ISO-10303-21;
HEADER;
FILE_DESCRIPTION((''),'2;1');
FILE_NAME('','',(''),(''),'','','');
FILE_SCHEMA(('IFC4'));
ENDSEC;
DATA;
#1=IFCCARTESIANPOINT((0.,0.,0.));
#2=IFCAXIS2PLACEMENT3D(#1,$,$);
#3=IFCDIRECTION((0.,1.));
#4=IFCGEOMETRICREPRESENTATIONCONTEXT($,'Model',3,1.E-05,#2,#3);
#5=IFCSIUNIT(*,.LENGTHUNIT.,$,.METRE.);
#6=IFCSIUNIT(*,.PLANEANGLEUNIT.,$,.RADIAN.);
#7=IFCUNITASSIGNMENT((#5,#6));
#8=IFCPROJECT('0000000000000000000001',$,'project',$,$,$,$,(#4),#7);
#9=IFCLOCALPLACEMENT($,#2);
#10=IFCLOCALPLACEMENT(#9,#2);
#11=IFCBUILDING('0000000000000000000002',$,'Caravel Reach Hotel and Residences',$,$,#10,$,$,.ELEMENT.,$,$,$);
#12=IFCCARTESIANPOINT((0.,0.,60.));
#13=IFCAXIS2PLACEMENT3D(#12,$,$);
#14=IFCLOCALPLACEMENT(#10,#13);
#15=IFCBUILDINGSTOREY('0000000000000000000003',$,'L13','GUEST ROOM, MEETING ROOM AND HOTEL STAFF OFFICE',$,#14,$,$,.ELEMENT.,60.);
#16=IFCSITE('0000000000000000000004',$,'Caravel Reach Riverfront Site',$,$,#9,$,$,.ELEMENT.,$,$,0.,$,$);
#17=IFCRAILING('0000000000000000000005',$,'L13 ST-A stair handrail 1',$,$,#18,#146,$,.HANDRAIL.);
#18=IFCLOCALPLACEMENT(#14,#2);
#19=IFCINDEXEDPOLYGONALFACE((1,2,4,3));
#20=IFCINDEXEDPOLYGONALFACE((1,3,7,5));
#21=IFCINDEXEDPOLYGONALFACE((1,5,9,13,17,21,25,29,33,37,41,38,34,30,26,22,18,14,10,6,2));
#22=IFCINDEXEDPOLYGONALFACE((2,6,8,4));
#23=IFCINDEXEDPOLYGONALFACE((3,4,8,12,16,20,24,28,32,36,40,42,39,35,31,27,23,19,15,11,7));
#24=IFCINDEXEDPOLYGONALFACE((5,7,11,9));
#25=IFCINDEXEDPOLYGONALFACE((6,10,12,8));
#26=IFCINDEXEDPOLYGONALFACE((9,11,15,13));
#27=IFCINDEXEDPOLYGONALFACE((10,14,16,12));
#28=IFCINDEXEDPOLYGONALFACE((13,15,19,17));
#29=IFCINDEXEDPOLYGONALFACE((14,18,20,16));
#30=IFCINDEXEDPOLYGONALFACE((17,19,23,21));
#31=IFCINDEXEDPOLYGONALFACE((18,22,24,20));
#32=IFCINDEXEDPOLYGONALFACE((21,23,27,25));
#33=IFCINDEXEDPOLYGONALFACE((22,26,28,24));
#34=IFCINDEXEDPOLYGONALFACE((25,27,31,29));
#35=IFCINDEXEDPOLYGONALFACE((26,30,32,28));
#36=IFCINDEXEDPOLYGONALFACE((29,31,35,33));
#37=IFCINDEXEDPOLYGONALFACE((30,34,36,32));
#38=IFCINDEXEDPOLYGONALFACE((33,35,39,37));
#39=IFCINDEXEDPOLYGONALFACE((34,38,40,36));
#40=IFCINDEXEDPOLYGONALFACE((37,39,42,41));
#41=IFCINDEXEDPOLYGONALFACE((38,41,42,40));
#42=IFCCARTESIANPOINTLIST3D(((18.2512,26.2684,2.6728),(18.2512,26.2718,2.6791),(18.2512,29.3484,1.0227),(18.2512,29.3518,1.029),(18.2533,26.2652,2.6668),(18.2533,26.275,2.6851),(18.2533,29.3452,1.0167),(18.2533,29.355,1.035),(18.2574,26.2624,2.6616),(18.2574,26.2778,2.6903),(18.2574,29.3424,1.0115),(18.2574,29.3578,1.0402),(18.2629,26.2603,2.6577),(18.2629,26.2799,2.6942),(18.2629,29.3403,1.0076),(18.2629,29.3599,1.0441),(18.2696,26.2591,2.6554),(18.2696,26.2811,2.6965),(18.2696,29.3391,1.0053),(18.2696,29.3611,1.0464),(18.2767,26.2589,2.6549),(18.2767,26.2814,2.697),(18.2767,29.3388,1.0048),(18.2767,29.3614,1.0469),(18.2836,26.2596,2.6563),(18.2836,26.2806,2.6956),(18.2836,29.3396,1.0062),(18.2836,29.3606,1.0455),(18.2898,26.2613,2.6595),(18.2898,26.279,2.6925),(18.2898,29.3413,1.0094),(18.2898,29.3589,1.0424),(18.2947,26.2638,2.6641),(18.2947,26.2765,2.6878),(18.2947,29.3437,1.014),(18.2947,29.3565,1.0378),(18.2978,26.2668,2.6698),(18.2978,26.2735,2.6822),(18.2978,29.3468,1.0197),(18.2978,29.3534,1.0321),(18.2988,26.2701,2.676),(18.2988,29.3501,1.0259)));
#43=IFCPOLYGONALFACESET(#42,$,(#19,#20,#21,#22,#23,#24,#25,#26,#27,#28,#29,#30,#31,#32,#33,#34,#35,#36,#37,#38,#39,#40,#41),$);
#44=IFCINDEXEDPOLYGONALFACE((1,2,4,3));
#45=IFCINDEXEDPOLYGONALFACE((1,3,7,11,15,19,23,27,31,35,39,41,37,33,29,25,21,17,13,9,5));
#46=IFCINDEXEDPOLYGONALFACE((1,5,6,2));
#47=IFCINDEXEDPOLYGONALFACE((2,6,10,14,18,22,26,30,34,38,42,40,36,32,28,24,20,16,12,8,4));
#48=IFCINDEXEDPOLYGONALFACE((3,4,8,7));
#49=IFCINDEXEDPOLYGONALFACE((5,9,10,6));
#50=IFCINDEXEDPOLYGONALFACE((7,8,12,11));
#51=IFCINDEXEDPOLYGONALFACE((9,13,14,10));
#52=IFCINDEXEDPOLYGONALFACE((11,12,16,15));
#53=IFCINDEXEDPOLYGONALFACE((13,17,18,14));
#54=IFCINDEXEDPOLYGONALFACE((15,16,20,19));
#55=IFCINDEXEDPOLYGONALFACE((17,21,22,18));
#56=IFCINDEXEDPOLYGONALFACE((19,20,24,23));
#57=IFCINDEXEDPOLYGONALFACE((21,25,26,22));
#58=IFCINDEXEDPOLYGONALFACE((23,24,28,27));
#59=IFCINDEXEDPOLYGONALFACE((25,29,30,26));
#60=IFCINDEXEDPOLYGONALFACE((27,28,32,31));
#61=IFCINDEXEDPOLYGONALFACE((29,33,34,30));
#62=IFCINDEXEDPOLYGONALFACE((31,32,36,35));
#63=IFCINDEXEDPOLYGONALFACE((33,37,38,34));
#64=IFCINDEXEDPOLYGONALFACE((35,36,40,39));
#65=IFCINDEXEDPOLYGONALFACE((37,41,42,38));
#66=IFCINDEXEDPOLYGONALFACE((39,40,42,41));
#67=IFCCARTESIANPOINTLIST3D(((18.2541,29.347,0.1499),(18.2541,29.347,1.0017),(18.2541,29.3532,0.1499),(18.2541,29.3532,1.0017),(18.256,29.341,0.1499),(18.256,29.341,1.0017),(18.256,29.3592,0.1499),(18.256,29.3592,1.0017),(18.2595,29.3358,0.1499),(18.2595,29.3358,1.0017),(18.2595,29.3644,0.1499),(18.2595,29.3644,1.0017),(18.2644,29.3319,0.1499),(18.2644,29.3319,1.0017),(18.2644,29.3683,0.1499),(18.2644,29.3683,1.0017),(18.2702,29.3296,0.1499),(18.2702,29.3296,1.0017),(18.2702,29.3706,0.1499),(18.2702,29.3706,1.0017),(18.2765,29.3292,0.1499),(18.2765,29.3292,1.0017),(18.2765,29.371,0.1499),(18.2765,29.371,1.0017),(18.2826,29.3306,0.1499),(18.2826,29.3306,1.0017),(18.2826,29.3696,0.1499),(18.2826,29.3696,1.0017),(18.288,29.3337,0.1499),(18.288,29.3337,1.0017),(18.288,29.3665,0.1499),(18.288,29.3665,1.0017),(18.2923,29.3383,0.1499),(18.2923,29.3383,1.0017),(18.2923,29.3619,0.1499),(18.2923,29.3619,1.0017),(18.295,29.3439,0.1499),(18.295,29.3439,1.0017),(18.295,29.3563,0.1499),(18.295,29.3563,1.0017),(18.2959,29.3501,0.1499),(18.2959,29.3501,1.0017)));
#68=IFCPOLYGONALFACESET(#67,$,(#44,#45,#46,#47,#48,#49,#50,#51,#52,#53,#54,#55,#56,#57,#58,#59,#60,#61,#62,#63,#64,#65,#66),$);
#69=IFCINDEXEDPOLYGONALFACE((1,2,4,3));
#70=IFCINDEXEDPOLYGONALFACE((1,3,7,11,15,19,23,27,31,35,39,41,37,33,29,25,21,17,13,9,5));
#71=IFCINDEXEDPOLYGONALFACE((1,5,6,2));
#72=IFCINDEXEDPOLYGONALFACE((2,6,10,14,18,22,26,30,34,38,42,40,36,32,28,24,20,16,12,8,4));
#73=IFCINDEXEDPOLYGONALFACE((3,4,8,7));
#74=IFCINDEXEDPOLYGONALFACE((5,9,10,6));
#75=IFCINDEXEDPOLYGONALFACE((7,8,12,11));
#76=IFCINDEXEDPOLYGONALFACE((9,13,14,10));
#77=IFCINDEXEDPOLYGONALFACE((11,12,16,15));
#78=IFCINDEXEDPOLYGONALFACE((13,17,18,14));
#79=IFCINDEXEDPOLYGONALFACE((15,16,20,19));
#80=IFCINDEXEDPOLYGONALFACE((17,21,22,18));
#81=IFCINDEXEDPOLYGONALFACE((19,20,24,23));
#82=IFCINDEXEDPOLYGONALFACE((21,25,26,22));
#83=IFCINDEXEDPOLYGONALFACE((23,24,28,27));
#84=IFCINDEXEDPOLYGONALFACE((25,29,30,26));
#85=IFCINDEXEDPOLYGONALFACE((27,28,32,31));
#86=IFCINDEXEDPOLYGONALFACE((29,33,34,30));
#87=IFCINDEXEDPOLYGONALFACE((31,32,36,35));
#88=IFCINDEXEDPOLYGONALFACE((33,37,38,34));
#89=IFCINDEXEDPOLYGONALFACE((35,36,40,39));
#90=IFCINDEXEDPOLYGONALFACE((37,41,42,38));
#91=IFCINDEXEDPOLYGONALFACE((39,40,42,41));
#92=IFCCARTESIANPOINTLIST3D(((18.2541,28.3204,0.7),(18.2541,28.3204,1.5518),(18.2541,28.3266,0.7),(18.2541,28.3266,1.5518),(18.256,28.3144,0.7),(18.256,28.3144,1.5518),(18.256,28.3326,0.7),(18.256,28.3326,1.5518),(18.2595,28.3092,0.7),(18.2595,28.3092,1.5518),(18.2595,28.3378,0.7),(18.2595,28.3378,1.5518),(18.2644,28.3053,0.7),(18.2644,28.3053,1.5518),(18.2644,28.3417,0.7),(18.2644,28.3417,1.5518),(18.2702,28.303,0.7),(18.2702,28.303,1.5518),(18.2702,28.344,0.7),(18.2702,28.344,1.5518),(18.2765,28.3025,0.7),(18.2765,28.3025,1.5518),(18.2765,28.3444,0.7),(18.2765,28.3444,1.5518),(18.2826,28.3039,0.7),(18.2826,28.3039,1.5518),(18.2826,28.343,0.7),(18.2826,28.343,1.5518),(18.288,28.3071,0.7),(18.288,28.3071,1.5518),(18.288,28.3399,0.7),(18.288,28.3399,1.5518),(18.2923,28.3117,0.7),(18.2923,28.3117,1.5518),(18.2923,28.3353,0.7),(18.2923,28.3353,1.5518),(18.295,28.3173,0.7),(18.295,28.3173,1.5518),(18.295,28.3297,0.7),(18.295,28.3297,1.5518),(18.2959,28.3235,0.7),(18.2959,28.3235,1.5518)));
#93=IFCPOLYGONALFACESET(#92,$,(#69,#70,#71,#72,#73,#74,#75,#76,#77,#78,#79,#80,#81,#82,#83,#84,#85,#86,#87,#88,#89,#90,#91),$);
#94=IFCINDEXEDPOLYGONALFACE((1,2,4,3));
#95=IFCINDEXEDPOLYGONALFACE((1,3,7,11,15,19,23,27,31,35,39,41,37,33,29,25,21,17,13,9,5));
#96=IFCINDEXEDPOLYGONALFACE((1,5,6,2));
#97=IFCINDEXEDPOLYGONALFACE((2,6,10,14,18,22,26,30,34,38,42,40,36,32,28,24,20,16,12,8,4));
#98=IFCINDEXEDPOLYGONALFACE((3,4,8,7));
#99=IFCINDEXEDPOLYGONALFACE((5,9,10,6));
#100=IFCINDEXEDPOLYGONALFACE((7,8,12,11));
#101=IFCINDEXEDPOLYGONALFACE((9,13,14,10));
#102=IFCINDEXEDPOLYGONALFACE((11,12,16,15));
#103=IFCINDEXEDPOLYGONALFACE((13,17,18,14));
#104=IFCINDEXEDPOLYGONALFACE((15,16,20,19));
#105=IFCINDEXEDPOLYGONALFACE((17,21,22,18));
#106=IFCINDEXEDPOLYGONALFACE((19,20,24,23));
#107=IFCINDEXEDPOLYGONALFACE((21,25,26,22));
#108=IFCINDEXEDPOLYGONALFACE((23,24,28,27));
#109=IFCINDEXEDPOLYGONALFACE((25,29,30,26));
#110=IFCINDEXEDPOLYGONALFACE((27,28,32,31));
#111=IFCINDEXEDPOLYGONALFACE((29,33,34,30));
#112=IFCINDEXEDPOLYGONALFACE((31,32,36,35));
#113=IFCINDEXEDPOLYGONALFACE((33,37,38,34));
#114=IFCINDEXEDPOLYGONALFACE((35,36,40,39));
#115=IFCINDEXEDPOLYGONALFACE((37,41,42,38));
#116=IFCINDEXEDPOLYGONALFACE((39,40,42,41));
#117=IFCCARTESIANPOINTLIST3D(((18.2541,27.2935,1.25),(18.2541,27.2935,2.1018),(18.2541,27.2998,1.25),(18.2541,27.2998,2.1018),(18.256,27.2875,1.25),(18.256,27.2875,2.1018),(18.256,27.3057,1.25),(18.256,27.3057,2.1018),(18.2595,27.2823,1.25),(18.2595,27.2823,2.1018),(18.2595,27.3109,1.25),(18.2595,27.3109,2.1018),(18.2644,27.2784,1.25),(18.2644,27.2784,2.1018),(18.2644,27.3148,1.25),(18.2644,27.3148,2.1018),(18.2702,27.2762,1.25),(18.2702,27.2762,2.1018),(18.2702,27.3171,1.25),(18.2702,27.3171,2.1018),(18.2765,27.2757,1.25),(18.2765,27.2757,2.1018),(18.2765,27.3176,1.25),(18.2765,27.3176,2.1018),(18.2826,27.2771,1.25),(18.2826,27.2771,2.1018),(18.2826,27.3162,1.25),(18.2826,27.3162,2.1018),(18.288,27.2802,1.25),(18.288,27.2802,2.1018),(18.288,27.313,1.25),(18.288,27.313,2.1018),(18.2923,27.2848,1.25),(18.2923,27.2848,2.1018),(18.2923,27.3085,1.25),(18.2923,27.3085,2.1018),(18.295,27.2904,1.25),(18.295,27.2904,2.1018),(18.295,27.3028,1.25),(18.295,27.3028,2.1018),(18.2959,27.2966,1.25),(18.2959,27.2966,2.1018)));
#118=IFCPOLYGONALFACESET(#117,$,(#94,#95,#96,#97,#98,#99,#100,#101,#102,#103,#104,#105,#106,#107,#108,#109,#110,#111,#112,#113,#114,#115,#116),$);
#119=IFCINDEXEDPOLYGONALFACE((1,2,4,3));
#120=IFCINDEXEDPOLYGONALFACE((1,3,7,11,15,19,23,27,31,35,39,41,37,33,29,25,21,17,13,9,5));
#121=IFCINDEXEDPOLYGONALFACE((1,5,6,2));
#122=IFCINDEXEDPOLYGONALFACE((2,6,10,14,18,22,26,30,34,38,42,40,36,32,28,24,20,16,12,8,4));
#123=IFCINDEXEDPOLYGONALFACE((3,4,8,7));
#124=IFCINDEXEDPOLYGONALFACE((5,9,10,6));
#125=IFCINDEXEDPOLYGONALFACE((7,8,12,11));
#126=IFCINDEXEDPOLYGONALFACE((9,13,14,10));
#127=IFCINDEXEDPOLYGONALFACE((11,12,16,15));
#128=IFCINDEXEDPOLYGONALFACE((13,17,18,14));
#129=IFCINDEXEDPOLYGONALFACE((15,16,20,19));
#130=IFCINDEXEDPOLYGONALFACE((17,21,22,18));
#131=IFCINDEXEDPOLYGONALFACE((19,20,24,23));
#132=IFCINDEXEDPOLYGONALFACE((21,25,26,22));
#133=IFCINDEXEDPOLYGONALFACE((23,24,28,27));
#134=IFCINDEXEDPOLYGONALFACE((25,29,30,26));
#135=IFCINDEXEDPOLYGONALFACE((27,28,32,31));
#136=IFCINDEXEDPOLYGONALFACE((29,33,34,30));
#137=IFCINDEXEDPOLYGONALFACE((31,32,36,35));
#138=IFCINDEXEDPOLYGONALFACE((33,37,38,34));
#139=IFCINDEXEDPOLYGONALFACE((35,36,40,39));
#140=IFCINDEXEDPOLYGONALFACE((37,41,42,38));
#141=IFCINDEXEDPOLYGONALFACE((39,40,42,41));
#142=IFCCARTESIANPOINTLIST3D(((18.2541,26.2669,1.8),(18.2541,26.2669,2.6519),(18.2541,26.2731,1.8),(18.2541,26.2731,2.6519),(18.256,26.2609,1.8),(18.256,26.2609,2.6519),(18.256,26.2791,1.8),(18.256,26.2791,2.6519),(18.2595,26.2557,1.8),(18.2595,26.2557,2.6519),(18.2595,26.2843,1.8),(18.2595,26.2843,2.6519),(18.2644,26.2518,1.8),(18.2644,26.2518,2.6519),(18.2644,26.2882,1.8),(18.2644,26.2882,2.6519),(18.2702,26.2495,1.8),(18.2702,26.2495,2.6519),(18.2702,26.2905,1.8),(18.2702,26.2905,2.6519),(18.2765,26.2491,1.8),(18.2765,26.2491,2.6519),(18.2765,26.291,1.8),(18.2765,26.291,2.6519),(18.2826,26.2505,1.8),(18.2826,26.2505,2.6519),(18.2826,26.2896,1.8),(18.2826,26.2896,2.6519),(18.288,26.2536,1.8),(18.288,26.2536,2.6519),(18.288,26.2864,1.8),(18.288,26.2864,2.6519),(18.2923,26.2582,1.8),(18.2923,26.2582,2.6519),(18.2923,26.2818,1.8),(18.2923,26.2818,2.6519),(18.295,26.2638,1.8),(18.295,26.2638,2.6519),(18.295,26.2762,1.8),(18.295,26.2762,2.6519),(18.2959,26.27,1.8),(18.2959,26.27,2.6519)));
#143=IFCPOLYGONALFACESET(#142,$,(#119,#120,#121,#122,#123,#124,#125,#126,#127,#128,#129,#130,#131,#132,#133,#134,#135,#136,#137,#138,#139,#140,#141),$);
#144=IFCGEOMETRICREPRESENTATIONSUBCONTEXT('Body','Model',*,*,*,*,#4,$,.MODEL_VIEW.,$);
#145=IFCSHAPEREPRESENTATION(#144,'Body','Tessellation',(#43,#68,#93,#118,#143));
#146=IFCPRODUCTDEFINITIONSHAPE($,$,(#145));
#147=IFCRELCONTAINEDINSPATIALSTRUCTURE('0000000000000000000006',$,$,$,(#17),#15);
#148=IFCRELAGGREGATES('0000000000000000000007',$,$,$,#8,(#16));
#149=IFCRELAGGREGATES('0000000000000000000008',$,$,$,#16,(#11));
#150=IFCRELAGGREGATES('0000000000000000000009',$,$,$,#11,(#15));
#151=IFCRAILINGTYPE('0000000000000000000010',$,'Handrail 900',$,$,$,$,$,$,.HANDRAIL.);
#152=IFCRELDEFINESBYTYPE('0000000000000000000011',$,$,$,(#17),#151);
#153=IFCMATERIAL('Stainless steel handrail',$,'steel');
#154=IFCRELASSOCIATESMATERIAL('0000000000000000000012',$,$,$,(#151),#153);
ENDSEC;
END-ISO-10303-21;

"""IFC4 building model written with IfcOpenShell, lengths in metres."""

from ifc_helpers import new_model, si_unit, direction, frame, origin, origin_2d, place, context, subcontext, project, spatial, circle, extrude, material, type_object, element, save


model = new_model("IFC4")

# Units and contexts
model_context = context("Model", 3, precision=1e-05, world=origin(), true_north=direction((0.0, 1.0)))
body_context = subcontext(model_context, "Body", "Model", "MODEL_VIEW")
ifc_project = project(units=[si_unit("LENGTHUNIT", "METRE"), si_unit("PLANEANGLEUNIT", "RADIAN")], contexts=[model_context])

# Site, building, storey
site_placement = place(None, origin())
site = spatial("IfcSite", under=ifc_project, at=site_placement, Name="Caravel Reach Riverfront Site", CompositionType="ELEMENT", RefElevation=0.0)
building_placement = place(site_placement, origin())
building = spatial("IfcBuilding", under=site, at=building_placement, Name="Caravel Reach Hotel and Residences", CompositionType="ELEMENT")
storey_placement = place(building_placement, frame((0.0, 0.0, 60.0)))
storey = spatial("IfcBuildingStorey", under=building, at=storey_placement, Name="L13", Description="GUEST ROOM, MEETING ROOM AND HOTEL STAFF OFFICE", CompositionType="ELEMENT", Elevation=60.0)

# Railing
ifc_material_1 = material(Name="Stainless steel handrail", Category="steel")
railing_type_1 = type_object("IfcRailingType", Name="Handrail 900", PredefinedType="HANDRAIL", material=ifc_material_1)
railing_1_placement = place(storey_placement, frame((18.2749, 29.3501, 0.1499)))
element("IfcRailing", 1, at=railing_1_placement, inside=storey, type_object=railing_type_1, Name="L13 ST-A stair handrail 1", PredefinedType="HANDRAIL", context=body_context, shape_type="SweptSolid", body=[
    extrude(circle(Radius=0.0239, at=origin_2d()), frame((0.0, 0.0, 0.876), z_axis=(0.0, -0.881468, 0.472245), x_axis=(1.0, 0.0, 0.0)), (0.0, 0.0, 1.0), 3.4941),
    extrude(circle(Radius=0.021, at=origin_2d()), origin(), (0.0, 0.0, 1.0), 0.8518),
    extrude(circle(Radius=0.021, at=origin_2d()), frame((0.0, -1.0266, 0.55)), (0.0, 0.0, 1.0), 0.8518),
    extrude(circle(Radius=0.021, at=origin_2d()), frame((0.0, -2.0535, 1.1001)), (0.0, 0.0, 1.0), 0.8518),
    extrude(circle(Radius=0.021, at=origin_2d()), frame((0.0, -3.0801, 1.6501)), (0.0, 0.0, 1.0), 0.8518),
])

save(model, "model.ifc")
